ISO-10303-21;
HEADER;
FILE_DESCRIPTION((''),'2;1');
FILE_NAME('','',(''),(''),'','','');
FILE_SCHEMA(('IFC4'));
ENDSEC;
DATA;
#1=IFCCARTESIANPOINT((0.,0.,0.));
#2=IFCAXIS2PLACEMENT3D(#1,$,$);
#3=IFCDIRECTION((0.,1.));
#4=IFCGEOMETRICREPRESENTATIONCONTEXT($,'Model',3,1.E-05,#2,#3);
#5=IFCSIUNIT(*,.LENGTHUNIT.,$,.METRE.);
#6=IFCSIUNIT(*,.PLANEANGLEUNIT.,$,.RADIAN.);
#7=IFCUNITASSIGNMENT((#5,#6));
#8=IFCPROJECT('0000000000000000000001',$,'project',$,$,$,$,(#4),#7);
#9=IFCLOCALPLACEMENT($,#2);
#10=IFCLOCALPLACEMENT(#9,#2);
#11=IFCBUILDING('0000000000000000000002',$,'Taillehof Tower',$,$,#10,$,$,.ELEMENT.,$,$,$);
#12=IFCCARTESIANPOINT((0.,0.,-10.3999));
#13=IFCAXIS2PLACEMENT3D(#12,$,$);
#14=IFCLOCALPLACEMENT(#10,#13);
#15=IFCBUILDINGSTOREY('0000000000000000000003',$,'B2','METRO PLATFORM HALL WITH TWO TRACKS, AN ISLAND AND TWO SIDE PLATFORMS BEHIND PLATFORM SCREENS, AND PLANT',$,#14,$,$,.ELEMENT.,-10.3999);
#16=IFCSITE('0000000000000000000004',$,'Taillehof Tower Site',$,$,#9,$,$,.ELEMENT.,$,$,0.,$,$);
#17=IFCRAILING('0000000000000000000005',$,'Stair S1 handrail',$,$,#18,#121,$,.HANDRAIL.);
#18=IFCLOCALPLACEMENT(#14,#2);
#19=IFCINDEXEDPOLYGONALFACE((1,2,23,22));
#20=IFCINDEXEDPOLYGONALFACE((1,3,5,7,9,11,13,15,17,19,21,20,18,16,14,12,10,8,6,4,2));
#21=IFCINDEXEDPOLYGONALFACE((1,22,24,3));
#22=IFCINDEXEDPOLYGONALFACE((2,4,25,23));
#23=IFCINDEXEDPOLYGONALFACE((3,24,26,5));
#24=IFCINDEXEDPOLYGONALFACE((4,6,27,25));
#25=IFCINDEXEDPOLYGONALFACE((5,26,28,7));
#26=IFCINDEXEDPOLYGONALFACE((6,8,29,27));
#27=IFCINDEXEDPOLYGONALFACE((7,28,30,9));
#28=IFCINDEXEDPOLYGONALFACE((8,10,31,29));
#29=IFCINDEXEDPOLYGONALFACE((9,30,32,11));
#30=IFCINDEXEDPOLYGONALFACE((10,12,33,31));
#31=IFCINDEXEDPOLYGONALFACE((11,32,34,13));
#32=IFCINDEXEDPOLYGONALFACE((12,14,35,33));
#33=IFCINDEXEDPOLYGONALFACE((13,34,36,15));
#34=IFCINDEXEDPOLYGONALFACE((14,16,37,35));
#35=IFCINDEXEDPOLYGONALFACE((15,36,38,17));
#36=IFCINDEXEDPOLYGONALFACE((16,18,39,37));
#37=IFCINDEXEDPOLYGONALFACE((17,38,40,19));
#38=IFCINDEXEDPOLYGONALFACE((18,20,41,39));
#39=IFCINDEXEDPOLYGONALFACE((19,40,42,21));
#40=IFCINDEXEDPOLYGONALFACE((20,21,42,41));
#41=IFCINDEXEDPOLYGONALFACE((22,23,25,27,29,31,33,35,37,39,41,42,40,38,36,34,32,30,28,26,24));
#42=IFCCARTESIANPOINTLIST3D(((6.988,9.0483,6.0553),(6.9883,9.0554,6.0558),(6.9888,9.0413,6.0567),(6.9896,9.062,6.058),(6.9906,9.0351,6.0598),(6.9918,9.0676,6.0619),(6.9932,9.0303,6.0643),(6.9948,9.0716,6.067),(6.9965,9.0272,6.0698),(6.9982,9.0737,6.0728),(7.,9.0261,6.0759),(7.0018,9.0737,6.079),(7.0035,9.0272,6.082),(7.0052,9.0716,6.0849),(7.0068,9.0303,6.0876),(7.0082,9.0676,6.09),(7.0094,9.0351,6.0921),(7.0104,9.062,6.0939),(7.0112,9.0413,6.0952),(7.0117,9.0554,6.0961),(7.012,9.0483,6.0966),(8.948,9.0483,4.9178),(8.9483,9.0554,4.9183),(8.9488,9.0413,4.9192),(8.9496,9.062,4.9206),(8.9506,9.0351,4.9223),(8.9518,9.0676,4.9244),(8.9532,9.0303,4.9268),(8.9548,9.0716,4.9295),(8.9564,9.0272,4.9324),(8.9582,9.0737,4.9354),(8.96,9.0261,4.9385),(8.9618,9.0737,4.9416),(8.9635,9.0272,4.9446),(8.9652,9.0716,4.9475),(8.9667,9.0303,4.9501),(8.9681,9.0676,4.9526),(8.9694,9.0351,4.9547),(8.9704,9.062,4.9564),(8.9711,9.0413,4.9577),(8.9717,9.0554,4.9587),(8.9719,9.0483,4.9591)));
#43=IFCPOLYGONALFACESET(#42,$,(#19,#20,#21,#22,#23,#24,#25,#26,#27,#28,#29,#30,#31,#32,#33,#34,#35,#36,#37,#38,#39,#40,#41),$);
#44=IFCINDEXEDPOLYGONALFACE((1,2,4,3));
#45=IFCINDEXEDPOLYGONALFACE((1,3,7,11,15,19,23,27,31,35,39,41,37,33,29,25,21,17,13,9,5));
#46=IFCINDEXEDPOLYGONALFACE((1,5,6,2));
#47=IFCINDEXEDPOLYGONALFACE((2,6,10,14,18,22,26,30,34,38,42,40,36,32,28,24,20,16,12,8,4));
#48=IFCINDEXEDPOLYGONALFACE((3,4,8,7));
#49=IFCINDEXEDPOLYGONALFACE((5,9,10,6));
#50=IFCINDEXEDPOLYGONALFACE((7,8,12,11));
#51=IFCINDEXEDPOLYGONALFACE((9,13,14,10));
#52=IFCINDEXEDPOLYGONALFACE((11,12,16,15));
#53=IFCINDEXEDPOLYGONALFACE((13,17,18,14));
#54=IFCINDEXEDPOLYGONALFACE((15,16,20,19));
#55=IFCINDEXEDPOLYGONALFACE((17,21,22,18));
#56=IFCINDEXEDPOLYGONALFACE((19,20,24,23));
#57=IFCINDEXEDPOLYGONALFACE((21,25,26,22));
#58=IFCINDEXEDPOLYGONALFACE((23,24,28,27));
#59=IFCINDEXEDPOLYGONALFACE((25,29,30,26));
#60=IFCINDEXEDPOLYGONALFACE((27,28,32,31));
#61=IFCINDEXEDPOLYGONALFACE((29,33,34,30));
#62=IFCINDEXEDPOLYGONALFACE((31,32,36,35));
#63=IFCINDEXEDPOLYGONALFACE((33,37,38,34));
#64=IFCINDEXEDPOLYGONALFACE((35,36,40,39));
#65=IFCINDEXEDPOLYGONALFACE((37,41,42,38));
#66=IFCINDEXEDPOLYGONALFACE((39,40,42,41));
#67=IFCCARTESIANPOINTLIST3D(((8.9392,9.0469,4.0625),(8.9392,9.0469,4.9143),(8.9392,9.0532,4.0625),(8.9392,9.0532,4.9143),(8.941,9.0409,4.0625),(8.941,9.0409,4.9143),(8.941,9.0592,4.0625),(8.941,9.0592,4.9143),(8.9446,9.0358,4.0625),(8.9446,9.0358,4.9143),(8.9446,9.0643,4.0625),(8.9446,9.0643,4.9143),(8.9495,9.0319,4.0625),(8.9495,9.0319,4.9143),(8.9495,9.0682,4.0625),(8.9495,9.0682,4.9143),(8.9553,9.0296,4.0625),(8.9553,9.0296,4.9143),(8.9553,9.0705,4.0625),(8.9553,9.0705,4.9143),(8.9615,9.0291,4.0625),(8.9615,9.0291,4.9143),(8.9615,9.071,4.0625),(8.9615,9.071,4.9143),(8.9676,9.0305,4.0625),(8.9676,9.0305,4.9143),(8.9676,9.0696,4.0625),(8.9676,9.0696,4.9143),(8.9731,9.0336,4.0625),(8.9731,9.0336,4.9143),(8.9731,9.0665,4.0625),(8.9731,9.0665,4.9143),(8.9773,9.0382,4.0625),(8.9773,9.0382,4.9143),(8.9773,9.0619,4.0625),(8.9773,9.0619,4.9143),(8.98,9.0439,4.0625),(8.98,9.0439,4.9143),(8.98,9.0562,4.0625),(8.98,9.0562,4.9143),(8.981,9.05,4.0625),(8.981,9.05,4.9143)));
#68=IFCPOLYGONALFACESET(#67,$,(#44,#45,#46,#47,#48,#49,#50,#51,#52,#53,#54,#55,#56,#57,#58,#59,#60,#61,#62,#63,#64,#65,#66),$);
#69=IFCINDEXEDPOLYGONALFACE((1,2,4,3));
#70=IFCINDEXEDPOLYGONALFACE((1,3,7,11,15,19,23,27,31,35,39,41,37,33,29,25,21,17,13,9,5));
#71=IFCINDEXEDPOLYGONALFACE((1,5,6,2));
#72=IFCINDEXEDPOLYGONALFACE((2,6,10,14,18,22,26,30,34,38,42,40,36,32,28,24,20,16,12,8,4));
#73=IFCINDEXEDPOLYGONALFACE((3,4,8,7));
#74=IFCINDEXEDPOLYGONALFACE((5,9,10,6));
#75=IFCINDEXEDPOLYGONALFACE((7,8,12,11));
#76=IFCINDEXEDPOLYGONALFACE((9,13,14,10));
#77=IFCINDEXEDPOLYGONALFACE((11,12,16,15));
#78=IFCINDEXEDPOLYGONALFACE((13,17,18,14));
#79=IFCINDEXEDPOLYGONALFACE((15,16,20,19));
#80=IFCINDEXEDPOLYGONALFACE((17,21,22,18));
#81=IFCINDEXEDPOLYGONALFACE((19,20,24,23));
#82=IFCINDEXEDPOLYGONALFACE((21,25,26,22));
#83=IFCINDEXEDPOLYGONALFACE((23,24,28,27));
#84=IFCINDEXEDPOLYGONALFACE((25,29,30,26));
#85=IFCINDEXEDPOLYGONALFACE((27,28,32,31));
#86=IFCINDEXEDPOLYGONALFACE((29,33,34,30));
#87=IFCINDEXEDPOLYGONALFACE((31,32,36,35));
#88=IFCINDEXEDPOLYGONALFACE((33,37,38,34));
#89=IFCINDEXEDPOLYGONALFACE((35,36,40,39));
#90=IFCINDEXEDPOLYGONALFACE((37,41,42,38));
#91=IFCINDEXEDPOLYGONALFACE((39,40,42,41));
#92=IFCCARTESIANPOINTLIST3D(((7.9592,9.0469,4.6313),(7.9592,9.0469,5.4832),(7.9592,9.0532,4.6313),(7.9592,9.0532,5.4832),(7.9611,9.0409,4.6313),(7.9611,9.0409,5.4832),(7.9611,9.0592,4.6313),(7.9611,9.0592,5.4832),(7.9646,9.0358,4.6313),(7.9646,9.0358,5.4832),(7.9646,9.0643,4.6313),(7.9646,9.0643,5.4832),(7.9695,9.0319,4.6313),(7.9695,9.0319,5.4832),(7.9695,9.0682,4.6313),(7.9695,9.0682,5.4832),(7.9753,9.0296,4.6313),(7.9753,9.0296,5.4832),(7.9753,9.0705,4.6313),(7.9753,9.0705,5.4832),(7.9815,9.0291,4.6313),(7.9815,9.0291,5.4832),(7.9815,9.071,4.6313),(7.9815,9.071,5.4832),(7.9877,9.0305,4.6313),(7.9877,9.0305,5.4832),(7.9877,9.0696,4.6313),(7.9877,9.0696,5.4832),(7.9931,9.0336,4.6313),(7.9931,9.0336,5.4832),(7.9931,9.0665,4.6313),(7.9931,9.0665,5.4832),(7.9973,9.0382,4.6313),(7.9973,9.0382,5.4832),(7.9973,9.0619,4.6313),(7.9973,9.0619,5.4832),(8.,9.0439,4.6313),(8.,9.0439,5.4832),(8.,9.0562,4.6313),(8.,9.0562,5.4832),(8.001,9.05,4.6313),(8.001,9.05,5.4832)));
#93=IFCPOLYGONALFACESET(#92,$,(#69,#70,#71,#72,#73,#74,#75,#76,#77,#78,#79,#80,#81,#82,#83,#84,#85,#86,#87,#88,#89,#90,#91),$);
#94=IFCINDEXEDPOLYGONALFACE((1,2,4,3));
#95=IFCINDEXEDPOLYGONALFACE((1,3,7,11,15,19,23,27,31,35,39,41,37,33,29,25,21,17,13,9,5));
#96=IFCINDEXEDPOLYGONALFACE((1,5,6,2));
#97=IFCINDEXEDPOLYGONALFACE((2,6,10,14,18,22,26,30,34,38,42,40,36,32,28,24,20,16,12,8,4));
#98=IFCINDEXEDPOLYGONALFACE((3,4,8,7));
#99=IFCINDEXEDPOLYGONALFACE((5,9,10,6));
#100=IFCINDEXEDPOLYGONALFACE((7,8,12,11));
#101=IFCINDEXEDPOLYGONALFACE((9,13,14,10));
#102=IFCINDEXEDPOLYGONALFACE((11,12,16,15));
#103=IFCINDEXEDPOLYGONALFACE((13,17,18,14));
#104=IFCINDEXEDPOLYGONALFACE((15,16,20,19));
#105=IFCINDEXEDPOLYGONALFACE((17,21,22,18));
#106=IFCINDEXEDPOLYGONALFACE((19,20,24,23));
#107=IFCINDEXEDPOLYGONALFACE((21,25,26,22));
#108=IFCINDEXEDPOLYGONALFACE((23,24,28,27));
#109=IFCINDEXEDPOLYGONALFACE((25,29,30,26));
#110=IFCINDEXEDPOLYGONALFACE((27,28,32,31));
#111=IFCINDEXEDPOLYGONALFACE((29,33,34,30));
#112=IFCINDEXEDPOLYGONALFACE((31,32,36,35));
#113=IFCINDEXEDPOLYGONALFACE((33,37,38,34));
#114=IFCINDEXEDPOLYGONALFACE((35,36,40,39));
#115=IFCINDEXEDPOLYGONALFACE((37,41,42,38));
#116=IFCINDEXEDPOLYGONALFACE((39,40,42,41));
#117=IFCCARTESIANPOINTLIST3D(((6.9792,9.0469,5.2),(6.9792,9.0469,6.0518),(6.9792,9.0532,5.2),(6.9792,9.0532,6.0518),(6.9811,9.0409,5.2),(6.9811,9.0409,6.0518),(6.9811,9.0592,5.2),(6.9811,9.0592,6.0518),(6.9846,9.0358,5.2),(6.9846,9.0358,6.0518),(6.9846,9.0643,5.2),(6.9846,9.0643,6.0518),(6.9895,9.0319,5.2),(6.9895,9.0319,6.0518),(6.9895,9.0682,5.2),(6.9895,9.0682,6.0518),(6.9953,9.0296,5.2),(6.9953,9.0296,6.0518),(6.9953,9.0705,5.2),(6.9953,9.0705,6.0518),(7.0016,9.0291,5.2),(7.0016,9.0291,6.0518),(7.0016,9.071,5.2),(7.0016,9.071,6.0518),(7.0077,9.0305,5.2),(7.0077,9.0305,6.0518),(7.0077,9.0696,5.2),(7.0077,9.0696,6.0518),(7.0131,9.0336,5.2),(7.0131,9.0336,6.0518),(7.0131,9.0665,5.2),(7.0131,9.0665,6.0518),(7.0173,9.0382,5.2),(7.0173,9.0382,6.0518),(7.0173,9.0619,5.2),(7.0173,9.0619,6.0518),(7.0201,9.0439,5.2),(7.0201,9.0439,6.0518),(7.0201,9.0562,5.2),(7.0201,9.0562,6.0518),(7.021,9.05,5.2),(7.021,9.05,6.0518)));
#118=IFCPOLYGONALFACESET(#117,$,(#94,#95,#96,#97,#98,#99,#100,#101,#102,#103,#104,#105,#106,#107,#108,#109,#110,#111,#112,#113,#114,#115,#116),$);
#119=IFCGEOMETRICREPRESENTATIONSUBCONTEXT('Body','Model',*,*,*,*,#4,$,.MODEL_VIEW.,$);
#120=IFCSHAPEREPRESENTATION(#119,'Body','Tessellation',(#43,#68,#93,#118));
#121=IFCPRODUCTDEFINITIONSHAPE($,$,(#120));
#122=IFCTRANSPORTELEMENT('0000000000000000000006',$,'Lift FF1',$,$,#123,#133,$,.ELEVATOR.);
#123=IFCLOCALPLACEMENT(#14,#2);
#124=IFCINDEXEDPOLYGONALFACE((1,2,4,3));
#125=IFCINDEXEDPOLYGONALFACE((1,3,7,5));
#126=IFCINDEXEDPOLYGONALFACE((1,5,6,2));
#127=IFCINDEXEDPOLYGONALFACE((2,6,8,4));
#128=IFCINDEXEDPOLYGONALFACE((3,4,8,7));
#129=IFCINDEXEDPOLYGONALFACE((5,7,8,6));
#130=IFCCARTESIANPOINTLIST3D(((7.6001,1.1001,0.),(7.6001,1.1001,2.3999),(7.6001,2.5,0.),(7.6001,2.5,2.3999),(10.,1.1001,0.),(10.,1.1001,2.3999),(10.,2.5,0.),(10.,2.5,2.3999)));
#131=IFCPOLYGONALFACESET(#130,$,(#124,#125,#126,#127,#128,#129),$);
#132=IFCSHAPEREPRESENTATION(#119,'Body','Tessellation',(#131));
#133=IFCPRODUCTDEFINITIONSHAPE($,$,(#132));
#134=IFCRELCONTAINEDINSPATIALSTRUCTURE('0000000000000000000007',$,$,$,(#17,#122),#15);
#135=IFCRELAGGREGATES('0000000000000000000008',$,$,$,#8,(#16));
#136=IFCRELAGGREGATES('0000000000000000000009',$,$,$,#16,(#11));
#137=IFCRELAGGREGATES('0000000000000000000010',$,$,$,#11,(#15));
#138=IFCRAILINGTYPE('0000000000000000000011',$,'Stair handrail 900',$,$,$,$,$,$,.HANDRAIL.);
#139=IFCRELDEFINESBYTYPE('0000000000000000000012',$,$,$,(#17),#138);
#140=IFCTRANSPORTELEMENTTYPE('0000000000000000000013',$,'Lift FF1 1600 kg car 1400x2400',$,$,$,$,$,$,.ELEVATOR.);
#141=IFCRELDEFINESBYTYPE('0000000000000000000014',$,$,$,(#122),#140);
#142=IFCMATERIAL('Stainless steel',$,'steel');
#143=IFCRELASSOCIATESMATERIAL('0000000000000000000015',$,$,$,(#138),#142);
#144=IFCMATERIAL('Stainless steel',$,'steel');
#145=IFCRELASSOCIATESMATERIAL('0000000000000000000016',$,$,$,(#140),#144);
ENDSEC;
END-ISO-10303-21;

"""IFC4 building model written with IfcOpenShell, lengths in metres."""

from ifc_helpers import new_model, si_unit, direction, frame, origin, origin_2d, place, context, subcontext, project, spatial, rectangle, circle, extrude, material, type_object, element, save


model = new_model("IFC4")

# Units and contexts
model_context = context("Model", 3, precision=1e-05, world=origin(), true_north=direction((0.0, 1.0)))
body_context = subcontext(model_context, "Body", "Model", "MODEL_VIEW")
ifc_project = project(units=[si_unit("LENGTHUNIT", "METRE"), si_unit("PLANEANGLEUNIT", "RADIAN")], contexts=[model_context])

# Site, building, storey
site_placement = place(None, origin())
site = spatial("IfcSite", under=ifc_project, at=site_placement, Name="Taillehof Tower Site", CompositionType="ELEMENT", RefElevation=0.0)
building_placement = place(site_placement, origin())
building = spatial("IfcBuilding", under=site, at=building_placement, Name="Taillehof Tower", CompositionType="ELEMENT")
storey_placement = place(building_placement, frame((0.0, 0.0, -10.3999)))
storey = spatial("IfcBuildingStorey", under=building, at=storey_placement, Name="B2", Description="METRO PLATFORM HALL WITH TWO TRACKS, AN ISLAND AND TWO SIDE PLATFORMS BEHIND PLATFORM SCREENS, AND PLANT", CompositionType="ELEMENT", Elevation=-10.3999)

# Railing
ifc_material_1 = material(Name="Stainless steel", Category="steel")
railing_type = type_object("IfcRailingType", Name="Stair handrail 900", PredefinedType="HANDRAIL", material=ifc_material_1)
for number, where, name in (
    (1, (8.96, 9.05, 4.0625), "Stair S1 handrail"),
):
    element("IfcRailing", number, at=place(storey_placement, frame(where)), inside=storey, type_object=railing_type, Name=name, PredefinedType="HANDRAIL", context=body_context, shape_type="SweptSolid", body=[
        extrude(circle(Radius=0.0239, at=origin_2d()), frame((0.0, 0.0, 0.876), z_axis=(-0.864902, 0.0, 0.501941), x_axis=(0.0, -1.0, 0.0)), (0.0, 0.0, 1.0), 2.2661),
        extrude(circle(Radius=0.021, at=origin_2d()), origin(), (0.0, 0.0, 1.0), 0.8518),
        extrude(circle(Radius=0.021, at=origin_2d()), frame((-0.98, 0.0, 0.5688)), (0.0, 0.0, 1.0), 0.8518),
        extrude(circle(Radius=0.021, at=origin_2d()), frame((-1.96, 0.0, 1.1375)), (0.0, 0.0, 1.0), 0.8518),
    ])

# Transport element
ifc_material_2 = material(Name="Stainless steel", Category="steel")
transport_element_type = type_object("IfcTransportElementType", Name="Lift FF1 1600 kg car 1400x2400", PredefinedType="ELEVATOR", material=ifc_material_2)
transport_element_placement = place(storey_placement, frame((8.8, 1.8, 0.0), z_axis=(0.0, 0.0, 1.0), x_axis=(1.0, 0.0, 0.0)))
element("IfcTransportElement", 2, at=transport_element_placement, inside=storey, type_object=transport_element_type, Name="Lift FF1", PredefinedType="ELEVATOR", context=body_context, shape_type="SweptSolid", body=[
    extrude(rectangle(XDim=2.3999, YDim=1.3999, at=origin_2d()), origin(), (0.0, 0.0, 1.0), 2.3999),
])

save(model, "model.ifc")
